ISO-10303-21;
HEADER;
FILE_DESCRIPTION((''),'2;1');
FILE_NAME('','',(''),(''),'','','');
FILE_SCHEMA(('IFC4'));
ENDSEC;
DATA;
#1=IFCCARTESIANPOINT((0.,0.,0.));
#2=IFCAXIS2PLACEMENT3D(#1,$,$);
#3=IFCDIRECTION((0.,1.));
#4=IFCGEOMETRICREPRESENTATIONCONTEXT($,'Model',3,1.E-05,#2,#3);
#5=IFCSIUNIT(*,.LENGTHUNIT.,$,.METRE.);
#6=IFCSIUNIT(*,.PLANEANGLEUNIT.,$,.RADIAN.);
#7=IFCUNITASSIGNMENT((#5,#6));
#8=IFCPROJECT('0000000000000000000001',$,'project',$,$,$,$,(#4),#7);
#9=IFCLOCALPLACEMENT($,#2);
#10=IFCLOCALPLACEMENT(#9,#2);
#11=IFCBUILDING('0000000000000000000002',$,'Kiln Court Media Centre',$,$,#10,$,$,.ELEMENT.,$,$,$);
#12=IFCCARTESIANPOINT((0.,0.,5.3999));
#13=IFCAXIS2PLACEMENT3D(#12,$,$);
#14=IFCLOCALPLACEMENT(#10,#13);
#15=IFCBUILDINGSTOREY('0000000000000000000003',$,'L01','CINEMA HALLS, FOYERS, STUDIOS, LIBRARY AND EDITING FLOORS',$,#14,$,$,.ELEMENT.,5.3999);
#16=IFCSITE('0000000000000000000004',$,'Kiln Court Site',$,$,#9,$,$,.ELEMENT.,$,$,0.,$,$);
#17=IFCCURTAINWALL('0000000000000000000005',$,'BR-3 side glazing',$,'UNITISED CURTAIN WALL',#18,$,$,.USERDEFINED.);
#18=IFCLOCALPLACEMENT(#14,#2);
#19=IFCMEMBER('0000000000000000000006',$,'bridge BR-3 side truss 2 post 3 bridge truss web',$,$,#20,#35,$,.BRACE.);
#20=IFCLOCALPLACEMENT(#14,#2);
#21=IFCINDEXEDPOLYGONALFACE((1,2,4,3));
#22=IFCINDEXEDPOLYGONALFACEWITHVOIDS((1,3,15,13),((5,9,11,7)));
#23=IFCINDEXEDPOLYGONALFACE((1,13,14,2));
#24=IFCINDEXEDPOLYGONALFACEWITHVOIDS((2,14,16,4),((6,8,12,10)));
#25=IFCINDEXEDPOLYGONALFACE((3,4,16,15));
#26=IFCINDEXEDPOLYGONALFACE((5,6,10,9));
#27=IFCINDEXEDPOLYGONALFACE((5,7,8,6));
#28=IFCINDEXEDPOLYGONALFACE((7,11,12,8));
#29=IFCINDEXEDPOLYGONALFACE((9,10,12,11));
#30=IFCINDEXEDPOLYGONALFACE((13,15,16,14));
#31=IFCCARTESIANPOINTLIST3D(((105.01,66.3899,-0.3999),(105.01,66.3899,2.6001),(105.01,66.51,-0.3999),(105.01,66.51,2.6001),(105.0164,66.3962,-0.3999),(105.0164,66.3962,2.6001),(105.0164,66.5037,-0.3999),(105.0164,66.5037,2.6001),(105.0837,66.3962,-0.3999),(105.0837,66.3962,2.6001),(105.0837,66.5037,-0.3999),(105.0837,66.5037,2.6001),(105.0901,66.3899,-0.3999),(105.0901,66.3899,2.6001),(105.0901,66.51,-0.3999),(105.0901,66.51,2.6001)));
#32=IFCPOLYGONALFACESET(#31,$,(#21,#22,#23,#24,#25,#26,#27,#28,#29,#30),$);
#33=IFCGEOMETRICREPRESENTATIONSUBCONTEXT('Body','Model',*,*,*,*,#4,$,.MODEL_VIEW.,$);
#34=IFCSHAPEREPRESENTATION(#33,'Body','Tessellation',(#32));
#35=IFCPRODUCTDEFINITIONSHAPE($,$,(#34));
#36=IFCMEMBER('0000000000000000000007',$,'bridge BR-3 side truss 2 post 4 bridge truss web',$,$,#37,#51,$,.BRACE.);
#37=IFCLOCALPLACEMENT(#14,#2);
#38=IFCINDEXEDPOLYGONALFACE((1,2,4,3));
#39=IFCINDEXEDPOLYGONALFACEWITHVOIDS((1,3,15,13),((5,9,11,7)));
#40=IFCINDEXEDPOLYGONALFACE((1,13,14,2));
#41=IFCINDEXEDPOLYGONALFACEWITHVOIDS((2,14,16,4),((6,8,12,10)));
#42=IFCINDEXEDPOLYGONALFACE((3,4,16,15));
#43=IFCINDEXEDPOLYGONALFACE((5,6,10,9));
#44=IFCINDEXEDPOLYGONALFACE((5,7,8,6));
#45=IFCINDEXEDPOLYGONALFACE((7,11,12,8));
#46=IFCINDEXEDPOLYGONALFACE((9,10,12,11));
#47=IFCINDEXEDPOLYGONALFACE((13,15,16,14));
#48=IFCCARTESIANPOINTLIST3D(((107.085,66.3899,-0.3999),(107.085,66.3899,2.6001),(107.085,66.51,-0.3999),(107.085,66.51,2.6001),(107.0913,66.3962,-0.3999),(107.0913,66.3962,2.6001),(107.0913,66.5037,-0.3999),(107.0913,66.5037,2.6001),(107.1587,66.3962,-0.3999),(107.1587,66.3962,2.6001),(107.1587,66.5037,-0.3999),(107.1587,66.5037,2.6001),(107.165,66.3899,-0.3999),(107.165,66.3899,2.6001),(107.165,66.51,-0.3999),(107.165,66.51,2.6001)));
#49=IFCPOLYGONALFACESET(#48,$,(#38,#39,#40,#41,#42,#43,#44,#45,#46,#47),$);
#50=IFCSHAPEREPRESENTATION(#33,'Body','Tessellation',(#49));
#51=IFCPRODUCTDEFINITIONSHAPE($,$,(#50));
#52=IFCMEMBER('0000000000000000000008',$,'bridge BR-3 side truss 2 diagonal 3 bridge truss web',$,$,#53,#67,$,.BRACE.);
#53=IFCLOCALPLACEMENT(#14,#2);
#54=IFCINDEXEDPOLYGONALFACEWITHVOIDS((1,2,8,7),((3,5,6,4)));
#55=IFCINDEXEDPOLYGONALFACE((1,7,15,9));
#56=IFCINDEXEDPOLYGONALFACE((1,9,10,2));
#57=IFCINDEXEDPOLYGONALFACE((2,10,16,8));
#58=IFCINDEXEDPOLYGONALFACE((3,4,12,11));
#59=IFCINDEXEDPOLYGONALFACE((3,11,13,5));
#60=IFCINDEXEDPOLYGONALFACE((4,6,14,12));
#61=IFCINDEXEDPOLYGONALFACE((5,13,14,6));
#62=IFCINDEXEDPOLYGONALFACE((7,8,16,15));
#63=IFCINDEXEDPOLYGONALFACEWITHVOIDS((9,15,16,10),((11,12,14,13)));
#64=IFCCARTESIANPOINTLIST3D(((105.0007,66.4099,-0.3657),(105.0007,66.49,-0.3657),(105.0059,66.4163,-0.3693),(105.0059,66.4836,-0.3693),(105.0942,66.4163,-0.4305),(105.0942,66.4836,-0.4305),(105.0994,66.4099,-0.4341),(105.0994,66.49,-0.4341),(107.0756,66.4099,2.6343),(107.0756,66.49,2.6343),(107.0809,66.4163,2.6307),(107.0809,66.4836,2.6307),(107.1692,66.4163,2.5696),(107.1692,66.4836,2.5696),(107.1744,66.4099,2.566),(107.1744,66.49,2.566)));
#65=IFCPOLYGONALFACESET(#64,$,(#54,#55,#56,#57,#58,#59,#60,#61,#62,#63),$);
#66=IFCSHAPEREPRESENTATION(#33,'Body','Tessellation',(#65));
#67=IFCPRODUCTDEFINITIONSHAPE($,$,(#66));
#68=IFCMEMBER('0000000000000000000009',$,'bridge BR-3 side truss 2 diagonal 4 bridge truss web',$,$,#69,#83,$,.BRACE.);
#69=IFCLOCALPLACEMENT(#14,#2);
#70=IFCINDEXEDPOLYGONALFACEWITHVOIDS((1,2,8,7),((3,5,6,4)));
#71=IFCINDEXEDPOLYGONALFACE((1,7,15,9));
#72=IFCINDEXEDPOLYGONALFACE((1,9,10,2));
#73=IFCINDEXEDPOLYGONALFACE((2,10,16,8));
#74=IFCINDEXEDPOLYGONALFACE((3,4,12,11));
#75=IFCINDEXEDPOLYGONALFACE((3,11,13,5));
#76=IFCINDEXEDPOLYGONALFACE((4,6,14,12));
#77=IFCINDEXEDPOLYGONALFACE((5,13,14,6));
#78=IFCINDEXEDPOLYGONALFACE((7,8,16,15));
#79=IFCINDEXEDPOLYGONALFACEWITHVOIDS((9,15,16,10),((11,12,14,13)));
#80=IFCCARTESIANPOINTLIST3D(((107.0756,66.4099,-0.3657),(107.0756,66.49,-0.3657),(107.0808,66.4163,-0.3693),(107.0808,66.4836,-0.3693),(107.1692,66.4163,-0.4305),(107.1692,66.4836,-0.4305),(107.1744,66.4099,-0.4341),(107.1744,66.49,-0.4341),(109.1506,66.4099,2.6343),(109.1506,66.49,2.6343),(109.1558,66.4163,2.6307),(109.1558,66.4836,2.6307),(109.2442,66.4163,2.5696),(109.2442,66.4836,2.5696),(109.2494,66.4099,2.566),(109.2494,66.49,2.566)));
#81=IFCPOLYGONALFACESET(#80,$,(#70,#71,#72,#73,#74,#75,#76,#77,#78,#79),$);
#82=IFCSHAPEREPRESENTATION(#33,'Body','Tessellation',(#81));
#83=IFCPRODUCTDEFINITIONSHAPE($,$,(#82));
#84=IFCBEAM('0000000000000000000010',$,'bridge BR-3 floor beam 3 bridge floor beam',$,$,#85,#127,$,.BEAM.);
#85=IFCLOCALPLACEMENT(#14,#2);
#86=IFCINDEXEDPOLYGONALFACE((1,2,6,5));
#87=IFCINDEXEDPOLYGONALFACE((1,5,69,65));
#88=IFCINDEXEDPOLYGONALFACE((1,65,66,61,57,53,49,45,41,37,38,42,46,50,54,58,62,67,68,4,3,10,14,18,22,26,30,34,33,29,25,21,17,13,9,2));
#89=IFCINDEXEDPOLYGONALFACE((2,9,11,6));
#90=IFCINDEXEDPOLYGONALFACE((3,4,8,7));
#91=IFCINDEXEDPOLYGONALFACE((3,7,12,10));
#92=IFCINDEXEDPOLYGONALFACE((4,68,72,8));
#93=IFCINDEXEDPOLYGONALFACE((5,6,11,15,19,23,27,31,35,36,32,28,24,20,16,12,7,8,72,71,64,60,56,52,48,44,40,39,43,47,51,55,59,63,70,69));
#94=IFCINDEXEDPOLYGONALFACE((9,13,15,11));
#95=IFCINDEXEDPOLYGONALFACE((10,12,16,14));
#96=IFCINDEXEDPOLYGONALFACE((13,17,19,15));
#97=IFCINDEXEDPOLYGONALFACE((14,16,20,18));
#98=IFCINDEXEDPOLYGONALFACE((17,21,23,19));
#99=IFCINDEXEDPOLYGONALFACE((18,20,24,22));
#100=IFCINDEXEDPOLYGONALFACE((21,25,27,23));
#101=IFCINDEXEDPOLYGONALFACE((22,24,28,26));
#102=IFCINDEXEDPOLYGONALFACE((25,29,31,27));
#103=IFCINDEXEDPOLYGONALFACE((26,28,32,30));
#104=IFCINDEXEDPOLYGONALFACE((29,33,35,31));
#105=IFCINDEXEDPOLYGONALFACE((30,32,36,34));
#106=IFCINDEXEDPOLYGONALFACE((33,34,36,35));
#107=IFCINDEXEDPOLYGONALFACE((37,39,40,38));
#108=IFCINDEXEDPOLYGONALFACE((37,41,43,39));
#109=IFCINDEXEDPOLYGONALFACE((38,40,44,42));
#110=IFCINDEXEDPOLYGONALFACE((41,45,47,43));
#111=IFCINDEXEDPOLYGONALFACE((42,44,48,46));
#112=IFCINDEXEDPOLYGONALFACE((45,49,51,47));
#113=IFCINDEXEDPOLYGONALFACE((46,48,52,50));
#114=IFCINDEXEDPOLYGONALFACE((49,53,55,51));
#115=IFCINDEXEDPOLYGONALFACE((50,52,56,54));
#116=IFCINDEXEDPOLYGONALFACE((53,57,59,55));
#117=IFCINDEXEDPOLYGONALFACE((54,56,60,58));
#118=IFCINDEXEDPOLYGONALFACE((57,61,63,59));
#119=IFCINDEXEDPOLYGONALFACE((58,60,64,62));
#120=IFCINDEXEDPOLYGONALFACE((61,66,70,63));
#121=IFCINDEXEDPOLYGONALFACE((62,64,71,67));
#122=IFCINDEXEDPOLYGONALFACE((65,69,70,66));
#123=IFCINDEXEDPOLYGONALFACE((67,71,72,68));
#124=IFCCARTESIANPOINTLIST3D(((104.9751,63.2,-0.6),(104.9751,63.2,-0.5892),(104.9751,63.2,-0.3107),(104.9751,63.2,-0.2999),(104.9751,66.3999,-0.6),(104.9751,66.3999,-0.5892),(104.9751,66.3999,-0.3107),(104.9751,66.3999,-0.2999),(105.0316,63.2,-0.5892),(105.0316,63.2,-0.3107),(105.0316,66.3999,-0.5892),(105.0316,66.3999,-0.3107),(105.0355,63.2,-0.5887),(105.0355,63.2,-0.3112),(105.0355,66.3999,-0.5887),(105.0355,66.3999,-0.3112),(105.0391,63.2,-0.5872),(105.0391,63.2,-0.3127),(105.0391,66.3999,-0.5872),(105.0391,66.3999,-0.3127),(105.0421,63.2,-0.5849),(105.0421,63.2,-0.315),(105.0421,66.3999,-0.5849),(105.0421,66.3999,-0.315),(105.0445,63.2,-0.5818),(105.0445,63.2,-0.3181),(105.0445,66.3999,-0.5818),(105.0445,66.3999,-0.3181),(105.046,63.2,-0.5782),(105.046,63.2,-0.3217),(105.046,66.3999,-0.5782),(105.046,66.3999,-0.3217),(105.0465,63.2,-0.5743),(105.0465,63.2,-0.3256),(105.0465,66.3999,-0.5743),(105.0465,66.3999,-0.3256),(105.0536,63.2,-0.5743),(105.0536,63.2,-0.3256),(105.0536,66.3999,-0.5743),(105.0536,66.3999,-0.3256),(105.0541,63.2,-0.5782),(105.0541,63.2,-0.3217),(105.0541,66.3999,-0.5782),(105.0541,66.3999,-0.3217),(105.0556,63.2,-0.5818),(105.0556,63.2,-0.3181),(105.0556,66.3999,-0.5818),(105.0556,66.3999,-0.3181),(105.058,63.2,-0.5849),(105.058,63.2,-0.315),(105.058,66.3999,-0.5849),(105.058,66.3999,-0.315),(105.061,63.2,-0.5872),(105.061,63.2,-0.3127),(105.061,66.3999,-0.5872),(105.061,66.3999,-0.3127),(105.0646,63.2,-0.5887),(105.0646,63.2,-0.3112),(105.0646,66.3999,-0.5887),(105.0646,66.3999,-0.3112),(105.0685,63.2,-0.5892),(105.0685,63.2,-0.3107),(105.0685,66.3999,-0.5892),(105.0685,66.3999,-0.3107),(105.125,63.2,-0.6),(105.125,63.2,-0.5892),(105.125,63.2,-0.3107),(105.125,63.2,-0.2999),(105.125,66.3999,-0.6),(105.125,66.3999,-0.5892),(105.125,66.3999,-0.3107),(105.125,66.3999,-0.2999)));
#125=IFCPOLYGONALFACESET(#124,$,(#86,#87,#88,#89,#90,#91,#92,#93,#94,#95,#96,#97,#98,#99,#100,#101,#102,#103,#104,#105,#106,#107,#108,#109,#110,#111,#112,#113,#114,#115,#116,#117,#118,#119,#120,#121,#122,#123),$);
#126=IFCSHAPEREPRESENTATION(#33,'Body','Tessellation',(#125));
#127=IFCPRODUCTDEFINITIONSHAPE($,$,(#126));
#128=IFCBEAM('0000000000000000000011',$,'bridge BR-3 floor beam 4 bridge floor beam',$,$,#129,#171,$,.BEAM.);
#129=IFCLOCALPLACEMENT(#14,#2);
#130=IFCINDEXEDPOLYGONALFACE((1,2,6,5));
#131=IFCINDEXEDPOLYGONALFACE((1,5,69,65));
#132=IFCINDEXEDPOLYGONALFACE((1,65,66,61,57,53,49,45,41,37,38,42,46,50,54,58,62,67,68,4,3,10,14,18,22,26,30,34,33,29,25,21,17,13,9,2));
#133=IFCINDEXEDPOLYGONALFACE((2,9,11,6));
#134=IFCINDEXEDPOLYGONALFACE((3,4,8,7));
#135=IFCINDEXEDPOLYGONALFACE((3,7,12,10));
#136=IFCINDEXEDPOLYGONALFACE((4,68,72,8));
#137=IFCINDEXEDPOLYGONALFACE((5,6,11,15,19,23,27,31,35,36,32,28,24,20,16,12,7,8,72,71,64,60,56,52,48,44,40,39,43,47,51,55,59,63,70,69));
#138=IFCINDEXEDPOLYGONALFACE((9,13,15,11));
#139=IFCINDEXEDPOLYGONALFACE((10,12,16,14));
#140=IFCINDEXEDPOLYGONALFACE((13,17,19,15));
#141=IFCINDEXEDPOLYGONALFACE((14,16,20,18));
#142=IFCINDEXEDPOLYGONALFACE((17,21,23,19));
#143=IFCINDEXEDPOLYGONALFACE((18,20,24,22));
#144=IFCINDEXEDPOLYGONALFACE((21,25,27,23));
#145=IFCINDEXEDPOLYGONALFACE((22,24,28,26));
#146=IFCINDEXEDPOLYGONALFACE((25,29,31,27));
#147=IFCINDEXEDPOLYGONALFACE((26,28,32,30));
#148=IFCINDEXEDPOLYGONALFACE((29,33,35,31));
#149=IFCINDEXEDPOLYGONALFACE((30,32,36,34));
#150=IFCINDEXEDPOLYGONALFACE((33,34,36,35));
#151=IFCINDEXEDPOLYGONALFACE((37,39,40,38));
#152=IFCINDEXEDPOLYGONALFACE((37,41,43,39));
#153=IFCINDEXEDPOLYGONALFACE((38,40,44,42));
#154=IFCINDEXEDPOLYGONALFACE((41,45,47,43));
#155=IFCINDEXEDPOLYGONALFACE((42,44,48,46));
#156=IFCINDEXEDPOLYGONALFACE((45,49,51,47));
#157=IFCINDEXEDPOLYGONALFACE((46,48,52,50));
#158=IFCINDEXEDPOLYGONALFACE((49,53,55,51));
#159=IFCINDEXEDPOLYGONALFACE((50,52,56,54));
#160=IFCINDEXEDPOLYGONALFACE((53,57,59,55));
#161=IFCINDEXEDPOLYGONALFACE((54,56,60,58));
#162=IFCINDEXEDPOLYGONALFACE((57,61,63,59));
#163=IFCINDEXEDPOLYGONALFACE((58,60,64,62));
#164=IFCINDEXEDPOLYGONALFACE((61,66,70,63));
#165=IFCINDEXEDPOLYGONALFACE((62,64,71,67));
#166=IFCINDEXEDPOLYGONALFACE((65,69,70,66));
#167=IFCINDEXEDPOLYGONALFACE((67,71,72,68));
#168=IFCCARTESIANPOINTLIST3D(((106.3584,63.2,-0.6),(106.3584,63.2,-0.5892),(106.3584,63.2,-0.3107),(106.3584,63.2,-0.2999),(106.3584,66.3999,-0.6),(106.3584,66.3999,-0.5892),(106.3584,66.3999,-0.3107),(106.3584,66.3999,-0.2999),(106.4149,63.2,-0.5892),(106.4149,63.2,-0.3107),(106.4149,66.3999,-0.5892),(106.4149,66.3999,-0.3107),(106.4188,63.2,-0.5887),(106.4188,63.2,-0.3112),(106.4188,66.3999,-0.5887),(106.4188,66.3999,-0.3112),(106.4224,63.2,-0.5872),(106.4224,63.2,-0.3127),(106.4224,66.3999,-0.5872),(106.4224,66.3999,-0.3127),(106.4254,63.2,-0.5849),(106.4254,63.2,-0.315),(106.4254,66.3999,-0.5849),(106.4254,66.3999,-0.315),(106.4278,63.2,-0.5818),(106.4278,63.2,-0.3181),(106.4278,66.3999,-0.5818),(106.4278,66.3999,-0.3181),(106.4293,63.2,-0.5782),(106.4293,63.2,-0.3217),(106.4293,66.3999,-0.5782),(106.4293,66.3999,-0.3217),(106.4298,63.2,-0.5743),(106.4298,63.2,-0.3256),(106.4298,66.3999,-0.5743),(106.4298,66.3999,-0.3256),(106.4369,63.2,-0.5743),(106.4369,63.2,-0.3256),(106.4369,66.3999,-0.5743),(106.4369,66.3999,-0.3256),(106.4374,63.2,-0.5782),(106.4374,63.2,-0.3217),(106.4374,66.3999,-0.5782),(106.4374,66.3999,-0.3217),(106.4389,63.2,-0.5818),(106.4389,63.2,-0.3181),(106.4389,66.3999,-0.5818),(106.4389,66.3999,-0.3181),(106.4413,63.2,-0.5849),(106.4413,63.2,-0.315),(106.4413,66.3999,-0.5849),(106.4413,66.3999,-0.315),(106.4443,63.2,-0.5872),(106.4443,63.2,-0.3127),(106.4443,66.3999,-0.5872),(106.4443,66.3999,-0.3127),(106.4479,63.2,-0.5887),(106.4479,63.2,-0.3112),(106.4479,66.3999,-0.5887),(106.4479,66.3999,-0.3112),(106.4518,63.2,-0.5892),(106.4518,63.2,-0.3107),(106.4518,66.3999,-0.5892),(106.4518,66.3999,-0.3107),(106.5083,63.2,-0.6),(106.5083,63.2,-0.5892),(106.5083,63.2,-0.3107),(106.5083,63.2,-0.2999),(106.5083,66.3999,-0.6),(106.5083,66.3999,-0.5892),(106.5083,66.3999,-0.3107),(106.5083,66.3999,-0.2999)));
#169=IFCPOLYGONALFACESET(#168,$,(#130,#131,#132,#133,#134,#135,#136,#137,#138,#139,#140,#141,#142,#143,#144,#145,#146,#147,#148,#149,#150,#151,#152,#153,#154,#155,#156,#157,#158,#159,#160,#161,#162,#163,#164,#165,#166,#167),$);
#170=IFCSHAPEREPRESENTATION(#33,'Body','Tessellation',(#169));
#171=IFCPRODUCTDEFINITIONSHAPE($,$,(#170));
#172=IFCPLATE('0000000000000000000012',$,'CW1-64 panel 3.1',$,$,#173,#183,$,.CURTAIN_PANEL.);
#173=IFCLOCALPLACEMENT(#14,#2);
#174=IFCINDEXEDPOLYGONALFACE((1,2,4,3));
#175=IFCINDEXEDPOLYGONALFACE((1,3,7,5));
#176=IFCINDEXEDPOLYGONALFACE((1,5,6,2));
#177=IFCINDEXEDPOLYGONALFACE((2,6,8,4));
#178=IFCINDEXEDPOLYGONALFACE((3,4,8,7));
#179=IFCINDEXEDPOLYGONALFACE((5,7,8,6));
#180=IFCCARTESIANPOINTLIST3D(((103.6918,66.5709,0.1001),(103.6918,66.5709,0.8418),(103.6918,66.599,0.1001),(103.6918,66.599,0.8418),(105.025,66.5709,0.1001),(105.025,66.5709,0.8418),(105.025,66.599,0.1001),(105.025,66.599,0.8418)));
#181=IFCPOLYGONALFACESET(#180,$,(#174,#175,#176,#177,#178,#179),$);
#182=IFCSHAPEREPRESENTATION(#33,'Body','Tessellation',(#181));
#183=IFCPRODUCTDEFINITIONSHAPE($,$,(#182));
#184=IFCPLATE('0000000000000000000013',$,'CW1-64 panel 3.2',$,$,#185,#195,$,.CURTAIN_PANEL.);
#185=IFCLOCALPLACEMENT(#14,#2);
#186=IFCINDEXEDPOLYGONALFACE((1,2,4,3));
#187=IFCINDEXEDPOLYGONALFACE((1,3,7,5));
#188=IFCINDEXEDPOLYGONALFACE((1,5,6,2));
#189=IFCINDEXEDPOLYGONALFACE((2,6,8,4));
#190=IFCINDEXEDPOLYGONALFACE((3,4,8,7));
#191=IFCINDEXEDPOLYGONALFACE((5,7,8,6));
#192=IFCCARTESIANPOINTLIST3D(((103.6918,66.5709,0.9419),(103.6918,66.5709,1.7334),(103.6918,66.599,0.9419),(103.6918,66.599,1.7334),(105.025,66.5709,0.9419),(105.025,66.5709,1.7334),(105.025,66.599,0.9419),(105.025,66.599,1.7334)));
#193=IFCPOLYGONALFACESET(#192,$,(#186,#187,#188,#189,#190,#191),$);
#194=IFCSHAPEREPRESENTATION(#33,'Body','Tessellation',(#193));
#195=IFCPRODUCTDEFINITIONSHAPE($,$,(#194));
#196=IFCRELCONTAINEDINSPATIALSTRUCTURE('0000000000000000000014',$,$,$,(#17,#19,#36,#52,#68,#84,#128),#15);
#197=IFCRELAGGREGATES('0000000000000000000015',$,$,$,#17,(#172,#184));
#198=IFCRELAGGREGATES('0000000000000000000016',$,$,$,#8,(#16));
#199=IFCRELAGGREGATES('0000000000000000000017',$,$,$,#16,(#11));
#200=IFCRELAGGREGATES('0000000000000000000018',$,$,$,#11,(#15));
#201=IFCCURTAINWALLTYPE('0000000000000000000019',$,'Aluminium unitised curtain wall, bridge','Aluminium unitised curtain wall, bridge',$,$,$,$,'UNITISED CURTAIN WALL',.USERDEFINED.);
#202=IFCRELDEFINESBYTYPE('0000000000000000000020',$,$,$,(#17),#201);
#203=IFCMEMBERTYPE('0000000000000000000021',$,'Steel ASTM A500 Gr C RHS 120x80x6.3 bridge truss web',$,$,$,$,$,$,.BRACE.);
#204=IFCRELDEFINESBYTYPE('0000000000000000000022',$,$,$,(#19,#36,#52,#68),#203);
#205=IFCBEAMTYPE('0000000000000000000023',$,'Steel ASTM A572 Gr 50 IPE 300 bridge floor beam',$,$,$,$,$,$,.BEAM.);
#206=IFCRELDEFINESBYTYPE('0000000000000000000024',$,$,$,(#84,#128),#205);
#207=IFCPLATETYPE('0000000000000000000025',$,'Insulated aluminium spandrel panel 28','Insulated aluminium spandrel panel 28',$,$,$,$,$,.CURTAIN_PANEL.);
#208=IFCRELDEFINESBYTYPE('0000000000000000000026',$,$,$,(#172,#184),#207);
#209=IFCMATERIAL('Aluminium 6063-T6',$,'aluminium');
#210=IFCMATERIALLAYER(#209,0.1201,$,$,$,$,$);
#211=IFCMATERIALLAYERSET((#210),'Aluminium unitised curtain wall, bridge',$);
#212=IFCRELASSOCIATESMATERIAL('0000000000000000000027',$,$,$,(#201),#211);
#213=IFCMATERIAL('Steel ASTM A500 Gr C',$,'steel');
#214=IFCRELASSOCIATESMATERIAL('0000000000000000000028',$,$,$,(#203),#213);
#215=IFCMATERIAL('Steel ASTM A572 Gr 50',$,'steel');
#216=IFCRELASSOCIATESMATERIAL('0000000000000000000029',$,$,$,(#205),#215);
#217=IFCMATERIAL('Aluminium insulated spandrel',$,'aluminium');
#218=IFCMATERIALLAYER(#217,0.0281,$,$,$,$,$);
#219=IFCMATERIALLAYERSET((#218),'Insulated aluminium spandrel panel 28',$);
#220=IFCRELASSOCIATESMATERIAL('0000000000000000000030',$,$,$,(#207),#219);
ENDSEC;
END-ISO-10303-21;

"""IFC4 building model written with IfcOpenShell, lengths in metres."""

from ifc_helpers import new_model, si_unit, direction, frame, origin, origin_2d, place, context, subcontext, project, spatial, rectangle, hollow_rectangle, i_section, extrude, material, layer, layer_set, material_profile, profile_set, type_object, element, aggregate, save


model = new_model("IFC4")

# Units and contexts
model_context = context("Model", 3, precision=1e-05, world=origin(), true_north=direction((0.0, 1.0)))
body_context = subcontext(model_context, "Body", "Model", "MODEL_VIEW")
ifc_project = project(units=[si_unit("LENGTHUNIT", "METRE"), si_unit("PLANEANGLEUNIT", "RADIAN")], contexts=[model_context])

# Site, building, storey
site_placement = place(None, origin())
site = spatial("IfcSite", under=ifc_project, at=site_placement, Name="Kiln Court Site", CompositionType="ELEMENT", RefElevation=0.0)
building_placement = place(site_placement, origin())
building = spatial("IfcBuilding", under=site, at=building_placement, Name="Kiln Court Media Centre", CompositionType="ELEMENT")
storey_placement = place(building_placement, frame((0.0, 0.0, 5.3999)))
storey = spatial("IfcBuildingStorey", under=building, at=storey_placement, Name="L01", Description="CINEMA HALLS, FOYERS, STUDIOS, LIBRARY AND EDITING FLOORS", CompositionType="ELEMENT", Elevation=5.3999)

# Curtain wall
ifc_material_1 = material(Name="Aluminium 6063-T6", Category="aluminium")
ifc_layer_1 = layer(ifc_material_1, 0.1201)
ifc_layer_set_1 = layer_set([ifc_layer_1], Name="Aluminium unitised curtain wall, bridge")
curtain_wall_type = type_object("IfcCurtainWallType", Name="Aluminium unitised curtain wall, bridge", Description="Aluminium unitised curtain wall, bridge", ElementType="UNITISED CURTAIN WALL", PredefinedType="USERDEFINED", material=ifc_layer_set_1)
curtain_wall_placement = place(storey_placement, origin())
curtain_wall = element("IfcCurtainWall", 1, at=curtain_wall_placement, inside=storey, type_object=curtain_wall_type, Name="BR-3 side glazing", ObjectType="UNITISED CURTAIN WALL", PredefinedType="USERDEFINED")

# Members
ifc_material_2 = material(Name="Steel ASTM A500 Gr C", Category="steel")
ifc_material_profile_1 = material_profile(ifc_material_2, hollow_rectangle(XDim=0.0801, YDim=0.1201, WallThickness=0.0063, at=origin_2d()), Name="RHS 120x80x6.3")
ifc_profile_set_1 = profile_set([ifc_material_profile_1], Name="Steel ASTM A500 Gr C")
member_type_1 = type_object("IfcMemberType", Name="Steel ASTM A500 Gr C RHS 120x80x6.3 bridge truss web", PredefinedType="BRACE", material=ifc_profile_set_1)
for number, where, z_axis, x_axis, name in (
    (2, (105.05, 66.45, -0.3999), (0.0, 0.0, 1.0), (1.0, 0.0, 0.0), "bridge BR-3 side truss 2 post 3 bridge truss web"),
    (3, (107.125, 66.45, -0.3999), (0.0, 0.0, 1.0), (1.0, 0.0, 0.0), "bridge BR-3 side truss 2 post 4 bridge truss web"),
):
    element("IfcMember", number, at=place(storey_placement, frame(where, z_axis=z_axis, x_axis=x_axis)), inside=storey, type_object=member_type_1, Name=name, PredefinedType="BRACE", context=body_context, shape_type="SweptSolid", body=[
        extrude(hollow_rectangle(XDim=0.0801, YDim=0.1201, WallThickness=0.0063, at=origin_2d()), origin(), (0.0, 0.0, 1.0), 3.0),
    ])
for number, where, z_axis, x_axis, name in (
    (4, (105.05, 66.45, -0.3999), (0.568844, 0.0, 0.822445), (0.0, 1.0, 0.0), "bridge BR-3 side truss 2 diagonal 3 bridge truss web"),
    (5, (107.125, 66.45, -0.3999), (0.568844, 0.0, 0.822445), (0.0, 1.0, 0.0), "bridge BR-3 side truss 2 diagonal 4 bridge truss web"),
):
    element("IfcMember", number, at=place(storey_placement, frame(where, z_axis=z_axis, x_axis=x_axis)), inside=storey, type_object=member_type_1, Name=name, PredefinedType="BRACE", context=body_context, shape_type="SweptSolid", body=[
        extrude(hollow_rectangle(XDim=0.0801, YDim=0.1201, WallThickness=0.0063, at=origin_2d()), origin(), (0.0, 0.0, 1.0), 3.6477),
    ])

# Beams
ifc_material_3 = material(Name="Steel ASTM A572 Gr 50", Category="steel")
ifc_material_profile_2 = material_profile(ifc_material_3, i_section(OverallWidth=0.1499, OverallDepth=0.3, WebThickness=0.0071, FlangeThickness=0.0107, FilletRadius=0.0149, at=origin_2d()), Name="IPE 300")
ifc_profile_set_2 = profile_set([ifc_material_profile_2], Name="Steel ASTM A572 Gr 50")
beam_type = type_object("IfcBeamType", Name="Steel ASTM A572 Gr 50 IPE 300 bridge floor beam", PredefinedType="BEAM", material=ifc_profile_set_2)
for number, where, z_axis, x_axis, name in (
    (6, (105.05, 63.2, -0.45), (0.0, 1.0, 0.0), (-1.0, 0.0, 0.0), "bridge BR-3 floor beam 3 bridge floor beam"),
    (7, (106.4333, 63.2, -0.45), (0.0, 1.0, 0.0), (-1.0, 0.0, 0.0), "bridge BR-3 floor beam 4 bridge floor beam"),
):
    element("IfcBeam", number, at=place(storey_placement, frame(where, z_axis=z_axis, x_axis=x_axis)), inside=storey, type_object=beam_type, Name=name, PredefinedType="BEAM", context=body_context, shape_type="SweptSolid", body=[
        extrude(i_section(OverallWidth=0.1499, OverallDepth=0.3, WebThickness=0.0071, FlangeThickness=0.0107, FilletRadius=0.0149, at=origin_2d()), origin(), (0.0, 0.0, 1.0), 3.2),
    ])

# Plates
ifc_material_4 = material(Name="Aluminium insulated spandrel", Category="aluminium")
ifc_layer_2 = layer(ifc_material_4, 0.0281)
ifc_layer_set_2 = layer_set([ifc_layer_2], Name="Insulated aluminium spandrel panel 28")
plate_type_1 = type_object("IfcPlateType", Name="Insulated aluminium spandrel panel 28", Description="Insulated aluminium spandrel panel 28", PredefinedType="CURTAIN_PANEL", material=ifc_layer_set_2)
plate_1_placement = place(storey_placement, frame((104.3584, 66.585, 0.1001), z_axis=(0.0, 0.0, 1.0), x_axis=(1.0, 0.0, 0.0)))
plate_1 = element("IfcPlate", 8, at=plate_1_placement, type_object=plate_type_1, Name="CW1-64 panel 3.1", PredefinedType="CURTAIN_PANEL", context=body_context, shape_type="SweptSolid", body=[
    extrude(rectangle(XDim=1.3333, YDim=0.0281, at=origin_2d()), origin(), (0.0, 0.0, 1.0), 0.7417),
])
plate_2_placement = place(storey_placement, frame((104.3584, 66.585, 0.9419), z_axis=(0.0, 0.0, 1.0), x_axis=(1.0, 0.0, 0.0)))
plate_2 = element("IfcPlate", 9, at=plate_2_placement, type_object=plate_type_1, Name="CW1-64 panel 3.2", PredefinedType="CURTAIN_PANEL", context=body_context, shape_type="SweptSolid", body=[
    extrude(rectangle(XDim=1.3333, YDim=0.0281, at=origin_2d()), origin(), (0.0, 0.0, 1.0), 0.7915),
])
aggregate(curtain_wall, [plate_1, plate_2])

save(model, "model.ifc")
